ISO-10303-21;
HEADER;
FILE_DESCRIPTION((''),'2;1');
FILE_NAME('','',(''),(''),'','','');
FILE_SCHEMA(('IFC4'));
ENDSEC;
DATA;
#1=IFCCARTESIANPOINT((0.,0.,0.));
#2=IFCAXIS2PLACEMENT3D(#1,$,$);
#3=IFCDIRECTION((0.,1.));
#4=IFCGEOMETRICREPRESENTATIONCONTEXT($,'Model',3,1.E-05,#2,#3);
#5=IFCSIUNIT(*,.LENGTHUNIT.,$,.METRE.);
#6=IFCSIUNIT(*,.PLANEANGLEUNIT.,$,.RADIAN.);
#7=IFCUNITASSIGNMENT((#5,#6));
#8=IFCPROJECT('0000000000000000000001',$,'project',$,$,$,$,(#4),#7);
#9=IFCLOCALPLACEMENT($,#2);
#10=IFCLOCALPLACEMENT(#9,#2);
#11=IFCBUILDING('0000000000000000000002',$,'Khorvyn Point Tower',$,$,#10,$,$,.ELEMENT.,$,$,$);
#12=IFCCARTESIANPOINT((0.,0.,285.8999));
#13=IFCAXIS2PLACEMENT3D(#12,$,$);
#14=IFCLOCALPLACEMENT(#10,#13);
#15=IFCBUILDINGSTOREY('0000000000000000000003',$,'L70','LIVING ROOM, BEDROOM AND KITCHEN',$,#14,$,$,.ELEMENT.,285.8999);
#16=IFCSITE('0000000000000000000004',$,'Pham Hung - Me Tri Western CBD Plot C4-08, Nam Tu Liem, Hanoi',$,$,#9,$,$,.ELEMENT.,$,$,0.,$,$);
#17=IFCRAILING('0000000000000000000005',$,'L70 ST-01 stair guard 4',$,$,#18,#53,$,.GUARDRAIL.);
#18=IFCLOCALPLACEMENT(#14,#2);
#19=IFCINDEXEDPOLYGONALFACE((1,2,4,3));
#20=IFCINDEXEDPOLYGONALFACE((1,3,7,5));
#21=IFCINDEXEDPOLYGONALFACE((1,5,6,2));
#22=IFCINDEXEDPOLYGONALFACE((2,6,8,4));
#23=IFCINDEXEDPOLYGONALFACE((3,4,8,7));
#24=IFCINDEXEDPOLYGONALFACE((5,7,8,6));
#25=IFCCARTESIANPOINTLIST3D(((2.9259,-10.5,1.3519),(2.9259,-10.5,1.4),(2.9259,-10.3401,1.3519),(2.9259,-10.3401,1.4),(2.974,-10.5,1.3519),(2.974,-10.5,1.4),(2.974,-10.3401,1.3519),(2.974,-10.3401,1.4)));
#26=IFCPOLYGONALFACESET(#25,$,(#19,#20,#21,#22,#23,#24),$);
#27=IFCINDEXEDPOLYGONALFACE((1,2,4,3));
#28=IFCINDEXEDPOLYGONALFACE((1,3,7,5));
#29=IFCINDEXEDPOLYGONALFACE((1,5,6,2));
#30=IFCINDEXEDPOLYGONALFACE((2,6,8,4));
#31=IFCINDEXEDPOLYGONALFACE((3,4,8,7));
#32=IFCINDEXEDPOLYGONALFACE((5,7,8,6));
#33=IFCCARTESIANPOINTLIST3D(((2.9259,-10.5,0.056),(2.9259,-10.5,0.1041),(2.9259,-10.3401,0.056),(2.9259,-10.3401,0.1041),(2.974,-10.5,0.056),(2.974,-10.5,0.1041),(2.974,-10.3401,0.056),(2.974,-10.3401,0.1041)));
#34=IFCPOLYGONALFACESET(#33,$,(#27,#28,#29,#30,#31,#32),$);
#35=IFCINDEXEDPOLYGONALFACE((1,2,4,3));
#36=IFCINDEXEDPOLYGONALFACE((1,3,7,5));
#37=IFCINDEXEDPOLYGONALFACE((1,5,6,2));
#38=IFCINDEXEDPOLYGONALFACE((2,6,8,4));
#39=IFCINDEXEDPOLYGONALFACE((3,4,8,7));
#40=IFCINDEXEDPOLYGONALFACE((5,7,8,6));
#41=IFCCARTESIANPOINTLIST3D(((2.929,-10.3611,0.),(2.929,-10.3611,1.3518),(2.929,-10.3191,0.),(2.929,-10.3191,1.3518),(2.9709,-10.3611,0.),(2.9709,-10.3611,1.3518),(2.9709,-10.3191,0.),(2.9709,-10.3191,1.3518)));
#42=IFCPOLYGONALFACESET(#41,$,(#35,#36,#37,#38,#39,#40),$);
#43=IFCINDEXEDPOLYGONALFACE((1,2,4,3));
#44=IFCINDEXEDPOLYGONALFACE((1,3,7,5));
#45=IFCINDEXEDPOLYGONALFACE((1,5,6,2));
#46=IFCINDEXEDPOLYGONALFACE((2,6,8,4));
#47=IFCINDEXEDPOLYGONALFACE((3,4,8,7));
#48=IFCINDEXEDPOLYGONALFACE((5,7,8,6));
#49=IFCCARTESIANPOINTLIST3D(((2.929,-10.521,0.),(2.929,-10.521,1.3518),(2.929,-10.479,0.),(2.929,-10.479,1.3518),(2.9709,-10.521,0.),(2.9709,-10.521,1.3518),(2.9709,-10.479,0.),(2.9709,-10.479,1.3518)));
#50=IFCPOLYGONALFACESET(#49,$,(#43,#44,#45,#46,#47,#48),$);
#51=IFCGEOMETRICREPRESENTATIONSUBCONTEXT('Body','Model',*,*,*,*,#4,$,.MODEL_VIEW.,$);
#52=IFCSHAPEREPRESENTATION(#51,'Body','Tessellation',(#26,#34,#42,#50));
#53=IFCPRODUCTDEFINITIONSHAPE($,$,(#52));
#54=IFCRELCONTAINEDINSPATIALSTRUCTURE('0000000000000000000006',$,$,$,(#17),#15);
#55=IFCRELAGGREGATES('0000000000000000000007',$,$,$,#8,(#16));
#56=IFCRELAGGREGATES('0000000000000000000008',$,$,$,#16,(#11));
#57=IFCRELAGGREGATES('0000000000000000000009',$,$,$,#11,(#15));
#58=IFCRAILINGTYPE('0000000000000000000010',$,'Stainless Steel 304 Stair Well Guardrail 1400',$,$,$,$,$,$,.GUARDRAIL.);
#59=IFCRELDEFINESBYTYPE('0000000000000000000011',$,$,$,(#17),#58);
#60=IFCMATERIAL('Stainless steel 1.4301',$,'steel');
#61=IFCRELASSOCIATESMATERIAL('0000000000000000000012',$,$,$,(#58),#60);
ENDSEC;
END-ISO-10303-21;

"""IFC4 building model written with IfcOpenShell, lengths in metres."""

from ifc_helpers import new_model, si_unit, direction, frame, origin, origin_2d, place, context, subcontext, project, spatial, rectangle, extrude, material, type_object, element, save


model = new_model("IFC4")

# Units and contexts
model_context = context("Model", 3, precision=1e-05, world=origin(), true_north=direction((0.0, 1.0)))
body_context = subcontext(model_context, "Body", "Model", "MODEL_VIEW")
ifc_project = project(units=[si_unit("LENGTHUNIT", "METRE"), si_unit("PLANEANGLEUNIT", "RADIAN")], contexts=[model_context])

# Site, building, storey
site_placement = place(None, origin())
site = spatial("IfcSite", under=ifc_project, at=site_placement, Name="Pham Hung - Me Tri Western CBD Plot C4-08, Nam Tu Liem, Hanoi", CompositionType="ELEMENT", RefElevation=0.0)
building_placement = place(site_placement, origin())
building = spatial("IfcBuilding", under=site, at=building_placement, Name="Khorvyn Point Tower", CompositionType="ELEMENT")
storey_placement = place(building_placement, frame((0.0, 0.0, 285.8999)))
storey = spatial("IfcBuildingStorey", under=building, at=storey_placement, Name="L70", Description="LIVING ROOM, BEDROOM AND KITCHEN", CompositionType="ELEMENT", Elevation=285.8999)

# Shared definitions
ifc_material_1 = material(Name="Stainless steel 1.4301", Category="steel")

# Railing
railing_type_1 = type_object("IfcRailingType", Name="Stainless Steel 304 Stair Well Guardrail 1400", PredefinedType="GUARDRAIL", material=ifc_material_1)
railing_1_placement = place(storey_placement, frame((2.95, -10.3401, 0.0)))
element("IfcRailing", 1, at=railing_1_placement, inside=storey, type_object=railing_type_1, Name="L70 ST-01 stair guard 4", PredefinedType="GUARDRAIL", context=body_context, shape_type="SweptSolid", body=[
    extrude(rectangle(XDim=0.0481, YDim=0.0481, at=origin_2d()), frame((0.0, 0.0, 1.376), z_axis=(0.0, -1.0, 0.0), x_axis=(1.0, 0.0, 0.0)), (0.0, 0.0, 1.0), 0.1599),
    extrude(rectangle(XDim=0.0481, YDim=0.0481, at=origin_2d()), frame((0.0, 0.0, 0.0801), z_axis=(0.0, -1.0, 0.0), x_axis=(1.0, 0.0, 0.0)), (0.0, 0.0, 1.0), 0.1599),
    extrude(rectangle(XDim=0.042, YDim=0.042, at=origin_2d()), origin(), (0.0, 0.0, 1.0), 1.3518),
    extrude(rectangle(XDim=0.042, YDim=0.042, at=origin_2d()), frame((0.0, -0.1599, 0.0)), (0.0, 0.0, 1.0), 1.3518),
])

save(model, "model.ifc")
